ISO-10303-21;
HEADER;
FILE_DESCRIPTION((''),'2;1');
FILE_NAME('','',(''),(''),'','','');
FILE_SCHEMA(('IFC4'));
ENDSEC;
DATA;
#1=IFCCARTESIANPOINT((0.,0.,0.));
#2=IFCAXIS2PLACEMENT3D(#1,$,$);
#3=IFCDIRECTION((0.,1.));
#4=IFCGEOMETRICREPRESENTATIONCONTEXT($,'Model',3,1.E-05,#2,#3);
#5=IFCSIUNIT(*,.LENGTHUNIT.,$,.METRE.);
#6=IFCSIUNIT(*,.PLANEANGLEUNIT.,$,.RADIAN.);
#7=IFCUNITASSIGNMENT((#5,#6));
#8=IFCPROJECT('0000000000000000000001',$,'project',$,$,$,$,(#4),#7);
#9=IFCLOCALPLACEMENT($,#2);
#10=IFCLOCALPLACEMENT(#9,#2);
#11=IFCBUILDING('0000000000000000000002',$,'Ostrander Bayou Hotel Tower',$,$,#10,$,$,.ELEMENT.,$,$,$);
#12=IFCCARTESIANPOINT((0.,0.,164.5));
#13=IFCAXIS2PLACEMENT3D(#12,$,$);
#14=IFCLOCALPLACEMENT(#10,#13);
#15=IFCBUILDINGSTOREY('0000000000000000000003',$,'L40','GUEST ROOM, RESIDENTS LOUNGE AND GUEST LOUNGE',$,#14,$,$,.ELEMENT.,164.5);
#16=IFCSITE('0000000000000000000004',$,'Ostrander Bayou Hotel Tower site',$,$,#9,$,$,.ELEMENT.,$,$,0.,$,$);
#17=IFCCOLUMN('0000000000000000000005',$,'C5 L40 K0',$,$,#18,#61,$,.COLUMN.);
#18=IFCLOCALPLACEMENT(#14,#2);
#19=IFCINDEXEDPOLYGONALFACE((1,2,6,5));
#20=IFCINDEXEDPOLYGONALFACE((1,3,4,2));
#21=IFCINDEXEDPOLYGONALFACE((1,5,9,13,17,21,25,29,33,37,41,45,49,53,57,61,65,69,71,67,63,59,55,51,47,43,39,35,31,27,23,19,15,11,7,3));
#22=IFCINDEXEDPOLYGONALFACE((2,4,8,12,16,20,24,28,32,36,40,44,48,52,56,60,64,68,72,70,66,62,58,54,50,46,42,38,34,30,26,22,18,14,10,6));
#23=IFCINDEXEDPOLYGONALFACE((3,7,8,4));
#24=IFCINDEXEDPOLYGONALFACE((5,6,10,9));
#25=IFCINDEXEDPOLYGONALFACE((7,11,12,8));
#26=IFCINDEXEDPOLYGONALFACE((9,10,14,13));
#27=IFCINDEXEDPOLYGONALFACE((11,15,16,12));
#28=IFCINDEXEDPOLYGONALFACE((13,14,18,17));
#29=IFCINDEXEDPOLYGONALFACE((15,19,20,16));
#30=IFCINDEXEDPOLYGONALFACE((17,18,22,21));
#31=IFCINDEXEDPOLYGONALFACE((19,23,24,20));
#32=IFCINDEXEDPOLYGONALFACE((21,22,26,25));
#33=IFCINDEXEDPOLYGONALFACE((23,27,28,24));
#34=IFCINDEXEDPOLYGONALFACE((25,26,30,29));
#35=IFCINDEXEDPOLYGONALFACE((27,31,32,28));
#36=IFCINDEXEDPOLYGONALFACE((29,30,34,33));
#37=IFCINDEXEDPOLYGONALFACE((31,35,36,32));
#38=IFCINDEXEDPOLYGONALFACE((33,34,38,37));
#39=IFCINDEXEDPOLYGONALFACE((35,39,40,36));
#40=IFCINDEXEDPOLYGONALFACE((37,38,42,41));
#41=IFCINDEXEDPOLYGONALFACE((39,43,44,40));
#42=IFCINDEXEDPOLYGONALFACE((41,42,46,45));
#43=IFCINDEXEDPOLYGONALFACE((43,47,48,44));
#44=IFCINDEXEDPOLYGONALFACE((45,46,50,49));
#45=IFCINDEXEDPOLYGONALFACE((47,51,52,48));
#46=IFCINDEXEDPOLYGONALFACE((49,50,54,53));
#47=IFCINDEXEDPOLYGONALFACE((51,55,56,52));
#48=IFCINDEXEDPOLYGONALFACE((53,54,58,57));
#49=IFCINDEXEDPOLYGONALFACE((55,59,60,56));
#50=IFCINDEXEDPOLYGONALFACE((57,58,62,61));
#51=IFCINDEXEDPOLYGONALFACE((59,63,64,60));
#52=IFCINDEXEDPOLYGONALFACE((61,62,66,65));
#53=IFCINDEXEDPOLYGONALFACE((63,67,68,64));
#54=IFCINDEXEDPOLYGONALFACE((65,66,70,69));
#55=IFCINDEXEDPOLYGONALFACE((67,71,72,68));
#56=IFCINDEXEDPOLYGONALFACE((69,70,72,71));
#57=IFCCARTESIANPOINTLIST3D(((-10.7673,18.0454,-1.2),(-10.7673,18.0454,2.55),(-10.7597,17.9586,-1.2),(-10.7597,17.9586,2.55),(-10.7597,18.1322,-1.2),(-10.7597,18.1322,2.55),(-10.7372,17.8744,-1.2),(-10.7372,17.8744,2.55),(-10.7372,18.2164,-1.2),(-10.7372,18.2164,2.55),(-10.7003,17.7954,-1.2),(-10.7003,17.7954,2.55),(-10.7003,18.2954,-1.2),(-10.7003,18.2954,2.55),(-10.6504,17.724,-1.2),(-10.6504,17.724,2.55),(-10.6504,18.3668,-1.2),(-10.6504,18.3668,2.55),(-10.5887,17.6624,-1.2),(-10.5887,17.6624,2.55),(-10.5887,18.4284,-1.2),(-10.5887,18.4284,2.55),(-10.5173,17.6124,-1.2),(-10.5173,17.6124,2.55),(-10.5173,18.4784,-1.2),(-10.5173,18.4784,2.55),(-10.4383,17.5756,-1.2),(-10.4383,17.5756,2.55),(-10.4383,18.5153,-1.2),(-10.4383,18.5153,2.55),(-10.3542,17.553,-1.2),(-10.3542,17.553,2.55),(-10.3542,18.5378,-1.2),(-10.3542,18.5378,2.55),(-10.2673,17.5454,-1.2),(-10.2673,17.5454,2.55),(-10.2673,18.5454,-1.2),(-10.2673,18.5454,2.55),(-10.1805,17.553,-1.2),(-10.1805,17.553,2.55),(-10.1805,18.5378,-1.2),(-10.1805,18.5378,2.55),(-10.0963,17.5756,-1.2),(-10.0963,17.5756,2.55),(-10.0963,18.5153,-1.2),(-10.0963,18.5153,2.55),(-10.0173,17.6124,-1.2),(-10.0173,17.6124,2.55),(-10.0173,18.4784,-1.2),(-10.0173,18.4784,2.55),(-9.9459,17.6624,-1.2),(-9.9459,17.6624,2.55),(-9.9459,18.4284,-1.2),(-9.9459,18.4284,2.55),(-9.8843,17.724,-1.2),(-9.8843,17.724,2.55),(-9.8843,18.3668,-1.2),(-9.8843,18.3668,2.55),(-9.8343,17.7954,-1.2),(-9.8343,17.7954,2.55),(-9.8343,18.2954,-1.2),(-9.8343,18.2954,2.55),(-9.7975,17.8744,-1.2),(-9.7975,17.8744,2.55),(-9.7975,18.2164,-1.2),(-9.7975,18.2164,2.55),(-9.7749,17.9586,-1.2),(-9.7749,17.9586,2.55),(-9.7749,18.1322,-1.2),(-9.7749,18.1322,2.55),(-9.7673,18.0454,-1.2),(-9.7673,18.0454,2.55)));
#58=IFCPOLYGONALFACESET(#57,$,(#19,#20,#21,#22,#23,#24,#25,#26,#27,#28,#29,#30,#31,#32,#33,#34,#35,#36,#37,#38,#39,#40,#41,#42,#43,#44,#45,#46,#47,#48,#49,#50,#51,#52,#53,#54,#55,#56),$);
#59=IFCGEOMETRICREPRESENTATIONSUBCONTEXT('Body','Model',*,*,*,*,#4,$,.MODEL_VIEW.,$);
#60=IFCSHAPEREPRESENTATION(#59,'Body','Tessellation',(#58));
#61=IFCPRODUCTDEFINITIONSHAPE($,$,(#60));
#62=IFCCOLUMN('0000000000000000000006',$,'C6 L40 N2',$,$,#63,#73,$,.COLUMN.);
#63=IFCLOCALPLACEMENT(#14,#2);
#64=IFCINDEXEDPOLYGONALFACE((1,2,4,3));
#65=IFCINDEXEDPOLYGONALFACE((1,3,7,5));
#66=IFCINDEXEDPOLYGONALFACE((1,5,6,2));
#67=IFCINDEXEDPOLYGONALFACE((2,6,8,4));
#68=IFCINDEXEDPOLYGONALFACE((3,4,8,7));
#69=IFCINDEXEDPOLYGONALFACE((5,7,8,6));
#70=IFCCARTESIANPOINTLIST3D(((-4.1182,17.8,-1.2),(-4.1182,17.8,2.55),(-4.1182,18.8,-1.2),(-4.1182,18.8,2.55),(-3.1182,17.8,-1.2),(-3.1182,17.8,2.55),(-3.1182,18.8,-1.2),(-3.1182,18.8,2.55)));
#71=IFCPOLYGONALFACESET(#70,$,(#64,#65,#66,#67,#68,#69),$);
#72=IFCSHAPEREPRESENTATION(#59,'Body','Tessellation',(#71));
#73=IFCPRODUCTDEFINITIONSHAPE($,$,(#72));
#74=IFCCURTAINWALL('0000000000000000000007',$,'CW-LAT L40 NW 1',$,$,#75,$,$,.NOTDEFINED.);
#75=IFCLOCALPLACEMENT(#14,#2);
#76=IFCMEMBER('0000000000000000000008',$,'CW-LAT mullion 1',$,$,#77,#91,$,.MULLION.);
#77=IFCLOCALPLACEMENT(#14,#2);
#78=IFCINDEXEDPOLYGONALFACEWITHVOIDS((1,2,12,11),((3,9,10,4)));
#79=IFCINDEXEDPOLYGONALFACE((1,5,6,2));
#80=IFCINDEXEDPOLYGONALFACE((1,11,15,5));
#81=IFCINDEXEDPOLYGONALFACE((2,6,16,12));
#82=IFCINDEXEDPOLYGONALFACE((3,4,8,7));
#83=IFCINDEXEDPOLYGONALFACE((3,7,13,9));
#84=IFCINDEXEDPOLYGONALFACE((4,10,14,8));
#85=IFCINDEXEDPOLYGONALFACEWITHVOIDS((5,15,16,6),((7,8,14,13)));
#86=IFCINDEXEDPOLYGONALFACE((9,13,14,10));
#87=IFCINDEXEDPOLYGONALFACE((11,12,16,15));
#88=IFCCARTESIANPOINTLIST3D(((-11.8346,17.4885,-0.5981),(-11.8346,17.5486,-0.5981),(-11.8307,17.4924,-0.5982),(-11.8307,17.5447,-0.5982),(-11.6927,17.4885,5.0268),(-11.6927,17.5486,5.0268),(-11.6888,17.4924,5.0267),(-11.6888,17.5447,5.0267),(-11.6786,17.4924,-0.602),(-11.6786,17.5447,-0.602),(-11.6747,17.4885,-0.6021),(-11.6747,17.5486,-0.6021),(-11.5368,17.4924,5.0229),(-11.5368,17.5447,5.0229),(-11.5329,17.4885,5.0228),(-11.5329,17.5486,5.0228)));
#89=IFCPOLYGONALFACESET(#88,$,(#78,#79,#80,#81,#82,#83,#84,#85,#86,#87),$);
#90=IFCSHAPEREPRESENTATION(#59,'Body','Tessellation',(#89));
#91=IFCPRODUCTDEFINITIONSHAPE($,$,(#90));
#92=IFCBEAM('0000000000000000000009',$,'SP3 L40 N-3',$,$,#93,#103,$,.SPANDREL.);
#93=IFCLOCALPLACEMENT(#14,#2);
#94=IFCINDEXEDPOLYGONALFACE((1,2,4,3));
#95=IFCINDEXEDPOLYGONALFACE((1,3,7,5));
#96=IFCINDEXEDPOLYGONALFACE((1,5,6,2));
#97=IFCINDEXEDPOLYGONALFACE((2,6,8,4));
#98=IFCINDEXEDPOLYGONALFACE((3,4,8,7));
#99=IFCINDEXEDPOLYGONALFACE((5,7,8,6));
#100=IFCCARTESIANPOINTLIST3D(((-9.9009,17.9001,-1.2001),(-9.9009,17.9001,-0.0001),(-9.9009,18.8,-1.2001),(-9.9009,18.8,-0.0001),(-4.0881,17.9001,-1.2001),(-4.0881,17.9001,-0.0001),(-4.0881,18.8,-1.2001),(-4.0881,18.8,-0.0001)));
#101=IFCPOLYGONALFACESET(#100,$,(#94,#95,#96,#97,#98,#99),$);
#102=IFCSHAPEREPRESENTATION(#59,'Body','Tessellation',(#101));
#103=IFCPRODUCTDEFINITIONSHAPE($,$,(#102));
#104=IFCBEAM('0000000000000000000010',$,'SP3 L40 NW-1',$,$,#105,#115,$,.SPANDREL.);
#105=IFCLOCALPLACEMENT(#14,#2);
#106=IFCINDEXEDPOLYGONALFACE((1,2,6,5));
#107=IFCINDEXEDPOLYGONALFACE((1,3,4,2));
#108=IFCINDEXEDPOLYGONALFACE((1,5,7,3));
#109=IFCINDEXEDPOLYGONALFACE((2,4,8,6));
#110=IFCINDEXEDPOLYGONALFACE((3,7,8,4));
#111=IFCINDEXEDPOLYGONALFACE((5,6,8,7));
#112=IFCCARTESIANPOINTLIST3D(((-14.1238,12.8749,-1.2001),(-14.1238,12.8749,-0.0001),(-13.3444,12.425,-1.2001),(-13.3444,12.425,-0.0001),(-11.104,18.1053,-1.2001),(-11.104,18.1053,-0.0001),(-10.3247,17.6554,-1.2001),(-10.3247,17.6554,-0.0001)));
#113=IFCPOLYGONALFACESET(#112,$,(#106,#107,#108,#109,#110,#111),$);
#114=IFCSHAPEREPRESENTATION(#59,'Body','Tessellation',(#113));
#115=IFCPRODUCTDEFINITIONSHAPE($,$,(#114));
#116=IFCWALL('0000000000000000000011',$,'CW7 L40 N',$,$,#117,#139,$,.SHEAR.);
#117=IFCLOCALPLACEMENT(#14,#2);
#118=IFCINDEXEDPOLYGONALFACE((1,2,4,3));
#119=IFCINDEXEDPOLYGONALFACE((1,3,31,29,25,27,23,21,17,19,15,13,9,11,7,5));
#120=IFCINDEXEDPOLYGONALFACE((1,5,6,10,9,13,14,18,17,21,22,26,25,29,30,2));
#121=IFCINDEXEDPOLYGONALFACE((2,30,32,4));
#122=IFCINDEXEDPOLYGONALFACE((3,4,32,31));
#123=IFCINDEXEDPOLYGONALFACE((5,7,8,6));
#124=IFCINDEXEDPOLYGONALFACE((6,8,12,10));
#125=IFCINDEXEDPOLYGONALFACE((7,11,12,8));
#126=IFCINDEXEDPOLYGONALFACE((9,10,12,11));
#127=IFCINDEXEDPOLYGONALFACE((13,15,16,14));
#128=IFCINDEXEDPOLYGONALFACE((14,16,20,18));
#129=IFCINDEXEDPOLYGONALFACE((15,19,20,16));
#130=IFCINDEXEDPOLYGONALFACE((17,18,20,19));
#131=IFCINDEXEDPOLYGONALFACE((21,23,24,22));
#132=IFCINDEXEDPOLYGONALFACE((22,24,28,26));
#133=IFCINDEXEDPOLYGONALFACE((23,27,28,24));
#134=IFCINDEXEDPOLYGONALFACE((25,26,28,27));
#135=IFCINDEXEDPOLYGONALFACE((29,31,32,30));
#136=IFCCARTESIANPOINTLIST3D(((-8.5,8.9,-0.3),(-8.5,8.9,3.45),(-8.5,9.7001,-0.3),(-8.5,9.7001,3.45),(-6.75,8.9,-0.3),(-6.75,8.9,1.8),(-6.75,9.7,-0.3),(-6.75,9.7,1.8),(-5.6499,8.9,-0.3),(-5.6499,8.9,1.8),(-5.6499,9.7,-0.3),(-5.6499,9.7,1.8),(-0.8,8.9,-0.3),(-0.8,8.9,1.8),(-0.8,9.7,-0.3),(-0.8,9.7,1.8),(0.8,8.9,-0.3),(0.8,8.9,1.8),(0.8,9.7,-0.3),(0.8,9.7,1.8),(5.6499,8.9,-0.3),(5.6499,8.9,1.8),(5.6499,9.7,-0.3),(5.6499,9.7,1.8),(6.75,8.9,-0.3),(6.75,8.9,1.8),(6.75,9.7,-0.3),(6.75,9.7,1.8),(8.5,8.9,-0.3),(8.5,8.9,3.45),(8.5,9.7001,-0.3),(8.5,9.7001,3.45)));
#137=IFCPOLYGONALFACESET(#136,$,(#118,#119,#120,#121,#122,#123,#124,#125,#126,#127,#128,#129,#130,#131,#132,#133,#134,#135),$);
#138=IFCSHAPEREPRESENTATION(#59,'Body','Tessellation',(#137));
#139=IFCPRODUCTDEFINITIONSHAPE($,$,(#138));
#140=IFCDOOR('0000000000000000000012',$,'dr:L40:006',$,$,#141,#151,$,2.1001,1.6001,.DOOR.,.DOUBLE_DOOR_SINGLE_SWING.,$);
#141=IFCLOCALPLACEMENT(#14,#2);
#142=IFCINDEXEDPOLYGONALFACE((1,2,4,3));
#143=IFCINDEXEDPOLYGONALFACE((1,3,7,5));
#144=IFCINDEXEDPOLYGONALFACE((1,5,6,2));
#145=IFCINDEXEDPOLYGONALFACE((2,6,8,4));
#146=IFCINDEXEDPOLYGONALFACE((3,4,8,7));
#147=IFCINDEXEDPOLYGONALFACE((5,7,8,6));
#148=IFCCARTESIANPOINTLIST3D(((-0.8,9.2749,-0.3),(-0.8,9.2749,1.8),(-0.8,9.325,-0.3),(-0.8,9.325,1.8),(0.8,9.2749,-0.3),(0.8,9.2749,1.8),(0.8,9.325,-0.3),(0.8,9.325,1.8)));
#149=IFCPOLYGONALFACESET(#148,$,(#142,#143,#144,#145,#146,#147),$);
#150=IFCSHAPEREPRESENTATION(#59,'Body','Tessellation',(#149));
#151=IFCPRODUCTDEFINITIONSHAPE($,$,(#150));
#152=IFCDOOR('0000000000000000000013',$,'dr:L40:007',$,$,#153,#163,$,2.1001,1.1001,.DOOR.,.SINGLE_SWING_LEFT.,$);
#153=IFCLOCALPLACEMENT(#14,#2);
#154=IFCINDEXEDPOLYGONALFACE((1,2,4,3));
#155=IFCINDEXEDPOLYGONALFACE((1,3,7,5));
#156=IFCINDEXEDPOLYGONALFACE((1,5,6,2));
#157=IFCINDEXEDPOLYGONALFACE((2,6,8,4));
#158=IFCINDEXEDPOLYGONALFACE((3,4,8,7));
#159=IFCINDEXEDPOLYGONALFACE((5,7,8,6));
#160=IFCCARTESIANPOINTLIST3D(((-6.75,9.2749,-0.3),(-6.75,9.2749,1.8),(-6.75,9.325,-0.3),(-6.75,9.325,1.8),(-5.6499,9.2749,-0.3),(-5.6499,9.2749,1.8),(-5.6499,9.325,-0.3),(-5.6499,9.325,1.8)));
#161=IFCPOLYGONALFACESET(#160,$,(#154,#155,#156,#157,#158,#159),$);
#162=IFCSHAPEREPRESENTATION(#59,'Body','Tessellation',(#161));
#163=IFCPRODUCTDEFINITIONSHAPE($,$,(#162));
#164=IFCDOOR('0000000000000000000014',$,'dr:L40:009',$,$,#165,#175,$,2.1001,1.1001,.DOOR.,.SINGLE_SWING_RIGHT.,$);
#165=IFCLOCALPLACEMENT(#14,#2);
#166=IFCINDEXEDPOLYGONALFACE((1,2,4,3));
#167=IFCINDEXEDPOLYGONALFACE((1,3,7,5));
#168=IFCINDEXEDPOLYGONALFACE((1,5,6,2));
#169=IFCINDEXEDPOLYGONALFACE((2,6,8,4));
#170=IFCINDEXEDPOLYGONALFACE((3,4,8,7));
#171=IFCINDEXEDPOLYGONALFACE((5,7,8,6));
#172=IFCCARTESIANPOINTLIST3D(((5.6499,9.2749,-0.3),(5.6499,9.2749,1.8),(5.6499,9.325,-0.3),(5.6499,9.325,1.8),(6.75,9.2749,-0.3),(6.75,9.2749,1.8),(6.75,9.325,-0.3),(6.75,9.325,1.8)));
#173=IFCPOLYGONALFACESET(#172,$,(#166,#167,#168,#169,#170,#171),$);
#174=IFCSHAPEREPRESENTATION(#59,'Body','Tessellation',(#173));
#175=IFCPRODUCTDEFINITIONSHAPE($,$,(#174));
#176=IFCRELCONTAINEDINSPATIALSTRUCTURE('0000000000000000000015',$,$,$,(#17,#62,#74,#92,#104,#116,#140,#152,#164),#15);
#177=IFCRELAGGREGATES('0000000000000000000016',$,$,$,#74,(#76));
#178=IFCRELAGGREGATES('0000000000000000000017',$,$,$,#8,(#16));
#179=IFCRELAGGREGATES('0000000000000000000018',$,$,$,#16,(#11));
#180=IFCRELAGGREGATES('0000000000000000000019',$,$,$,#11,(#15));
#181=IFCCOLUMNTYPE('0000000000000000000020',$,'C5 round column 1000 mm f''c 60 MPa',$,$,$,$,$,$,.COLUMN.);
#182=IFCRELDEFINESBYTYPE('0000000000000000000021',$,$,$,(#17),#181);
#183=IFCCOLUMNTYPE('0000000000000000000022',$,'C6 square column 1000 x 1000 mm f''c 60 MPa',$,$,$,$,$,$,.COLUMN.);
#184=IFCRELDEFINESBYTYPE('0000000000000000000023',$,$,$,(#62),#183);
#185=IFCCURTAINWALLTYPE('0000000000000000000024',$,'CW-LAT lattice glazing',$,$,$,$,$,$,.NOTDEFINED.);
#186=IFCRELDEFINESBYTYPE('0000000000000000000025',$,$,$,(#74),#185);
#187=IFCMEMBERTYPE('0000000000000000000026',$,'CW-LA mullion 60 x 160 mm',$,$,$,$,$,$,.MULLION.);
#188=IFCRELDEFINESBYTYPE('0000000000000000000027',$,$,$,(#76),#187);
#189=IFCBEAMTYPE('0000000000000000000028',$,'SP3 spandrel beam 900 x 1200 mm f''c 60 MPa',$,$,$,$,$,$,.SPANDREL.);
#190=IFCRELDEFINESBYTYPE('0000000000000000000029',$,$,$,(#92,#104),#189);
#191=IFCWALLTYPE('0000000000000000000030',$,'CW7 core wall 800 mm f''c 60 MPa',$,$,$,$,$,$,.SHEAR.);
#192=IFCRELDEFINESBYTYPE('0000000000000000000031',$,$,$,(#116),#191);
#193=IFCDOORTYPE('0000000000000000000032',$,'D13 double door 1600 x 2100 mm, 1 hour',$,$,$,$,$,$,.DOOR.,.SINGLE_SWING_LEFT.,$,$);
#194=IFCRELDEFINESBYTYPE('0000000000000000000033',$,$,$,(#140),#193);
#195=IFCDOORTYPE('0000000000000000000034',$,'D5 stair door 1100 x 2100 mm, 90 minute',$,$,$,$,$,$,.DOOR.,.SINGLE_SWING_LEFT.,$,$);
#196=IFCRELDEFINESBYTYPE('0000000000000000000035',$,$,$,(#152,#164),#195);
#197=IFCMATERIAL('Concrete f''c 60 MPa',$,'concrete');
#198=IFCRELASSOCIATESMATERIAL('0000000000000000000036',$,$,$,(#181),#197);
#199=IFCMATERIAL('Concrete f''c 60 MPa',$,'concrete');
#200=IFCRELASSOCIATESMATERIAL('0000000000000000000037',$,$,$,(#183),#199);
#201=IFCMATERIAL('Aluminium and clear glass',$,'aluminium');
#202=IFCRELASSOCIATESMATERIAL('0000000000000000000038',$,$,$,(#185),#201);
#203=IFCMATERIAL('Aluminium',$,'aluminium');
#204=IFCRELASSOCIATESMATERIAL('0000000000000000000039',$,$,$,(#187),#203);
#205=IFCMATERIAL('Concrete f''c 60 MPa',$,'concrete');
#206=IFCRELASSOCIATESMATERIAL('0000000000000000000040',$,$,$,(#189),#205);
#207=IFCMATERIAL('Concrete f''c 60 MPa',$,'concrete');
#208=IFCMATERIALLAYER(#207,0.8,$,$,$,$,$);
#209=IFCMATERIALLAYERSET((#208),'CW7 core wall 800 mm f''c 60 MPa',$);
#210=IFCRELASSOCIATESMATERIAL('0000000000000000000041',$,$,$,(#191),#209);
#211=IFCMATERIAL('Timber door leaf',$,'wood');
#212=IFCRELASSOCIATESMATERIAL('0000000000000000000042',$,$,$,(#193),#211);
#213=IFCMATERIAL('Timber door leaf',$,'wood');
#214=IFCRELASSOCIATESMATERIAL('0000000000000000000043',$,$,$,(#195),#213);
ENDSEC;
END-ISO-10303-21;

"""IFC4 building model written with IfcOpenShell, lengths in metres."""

from ifc_helpers import new_model, si_unit, direction, frame, frame_2d, origin, origin_2d, place, context, subcontext, project, spatial, rectangle, hollow_rectangle, circle, extrude, material, layer, layer_set, material_profile, profile_set, type_object, element, fill, aggregate, save


model = new_model("IFC4")

# Units and contexts
model_context = context("Model", 3, precision=1e-05, world=origin(), true_north=direction((0.0, 1.0)))
body_context = subcontext(model_context, "Body", "Model", "MODEL_VIEW")
ifc_project = project(units=[si_unit("LENGTHUNIT", "METRE"), si_unit("PLANEANGLEUNIT", "RADIAN")], contexts=[model_context])

# Site, building, storey
site_placement = place(None, origin())
site = spatial("IfcSite", under=ifc_project, at=site_placement, Name="Ostrander Bayou Hotel Tower site", CompositionType="ELEMENT", RefElevation=0.0)
building_placement = place(site_placement, origin())
building = spatial("IfcBuilding", under=site, at=building_placement, Name="Ostrander Bayou Hotel Tower", CompositionType="ELEMENT")
storey_placement = place(building_placement, frame((0.0, 0.0, 164.5)))
storey = spatial("IfcBuildingStorey", under=building, at=storey_placement, Name="L40", Description="GUEST ROOM, RESIDENTS LOUNGE AND GUEST LOUNGE", CompositionType="ELEMENT", Elevation=164.5)

# Columns
ifc_material_1 = material(Name="Concrete f'c 60 MPa", Category="concrete")
ifc_material_profile_1 = material_profile(ifc_material_1, circle(Radius=0.5, at=origin_2d()))
ifc_profile_set_1 = profile_set([ifc_material_profile_1], Name="Concrete f'c 60 MPa")
column_type_1 = type_object("IfcColumnType", Name="C5 round column 1000 mm f'c 60 MPa", PredefinedType="COLUMN", material=ifc_profile_set_1)
column_1_placement = place(storey_placement, frame((-10.2673, 18.0454, -1.2), z_axis=(0.0, 0.0, 1.0), x_axis=(1.0, 0.0, 0.0)))
element("IfcColumn", 1, at=column_1_placement, inside=storey, type_object=column_type_1, Name="C5 L40 K0", PredefinedType="COLUMN", context=body_context, shape_type="SweptSolid", body=[
    extrude(circle(Radius=0.5, at=origin_2d()), origin(), (0.0, 0.0, 1.0), 3.75),
])
ifc_material_2 = material(Name="Concrete f'c 60 MPa", Category="concrete")
ifc_material_profile_2 = material_profile(ifc_material_2, rectangle(XDim=1.0, YDim=1.0, at=origin_2d()))
ifc_profile_set_2 = profile_set([ifc_material_profile_2], Name="Concrete f'c 60 MPa")
column_type_2 = type_object("IfcColumnType", Name="C6 square column 1000 x 1000 mm f'c 60 MPa", PredefinedType="COLUMN", material=ifc_profile_set_2)
column_2_placement = place(storey_placement, frame((-3.6182, 18.3, -1.2), z_axis=(0.0, 0.0, 1.0), x_axis=(1.0, 0.0, 0.0)))
element("IfcColumn", 2, at=column_2_placement, inside=storey, type_object=column_type_2, Name="C6 L40 N2", PredefinedType="COLUMN", context=body_context, shape_type="SweptSolid", body=[
    extrude(rectangle(XDim=1.0, YDim=1.0, at=origin_2d()), origin(), (0.0, 0.0, 1.0), 3.75),
])

# Curtain wall, member
ifc_material_3 = material(Name="Aluminium and clear glass", Category="aluminium")
curtain_wall_type = type_object("IfcCurtainWallType", Name="CW-LAT lattice glazing", PredefinedType="NOTDEFINED", material=ifc_material_3)
curtain_wall_placement = place(storey_placement, origin())
curtain_wall = element("IfcCurtainWall", 3, at=curtain_wall_placement, inside=storey, type_object=curtain_wall_type, Name="CW-LAT L40 NW 1", PredefinedType="NOTDEFINED")
ifc_material_4 = material(Name="Aluminium", Category="aluminium")
ifc_material_profile_3 = material_profile(ifc_material_4, hollow_rectangle(XDim=0.0601, YDim=0.1599, WallThickness=0.0039, at=origin_2d()))
ifc_profile_set_3 = profile_set([ifc_material_profile_3], Name="Aluminium")
member_type = type_object("IfcMemberType", Name="CW-LA mullion 60 x 160 mm", PredefinedType="MULLION", material=ifc_profile_set_3)
member_placement = place(storey_placement, frame((-11.7546, 17.5186, -0.6001), z_axis=(0.025209, 0.0, 0.999682), x_axis=(0.0, 1.0, 0.0)))
member = element("IfcMember", 4, at=member_placement, type_object=member_type, Name="CW-LAT mullion 1", PredefinedType="MULLION", context=body_context, shape_type="SweptSolid", body=[
    extrude(hollow_rectangle(XDim=0.0601, YDim=0.1599, WallThickness=0.0039, at=origin_2d()), origin(), (0.0, 0.0, 1.0), 5.6267),
])
aggregate(curtain_wall, [member])

# Beams
ifc_material_5 = material(Name="Concrete f'c 60 MPa", Category="concrete")
ifc_material_profile_4 = material_profile(ifc_material_5, rectangle(XDim=0.8999, YDim=1.2, at=origin_2d()))
ifc_profile_set_4 = profile_set([ifc_material_profile_4], Name="Concrete f'c 60 MPa")
beam_type = type_object("IfcBeamType", Name="SP3 spandrel beam 900 x 1200 mm f'c 60 MPa", PredefinedType="SPANDREL", material=ifc_profile_set_4)
beam_1_placement = place(storey_placement, frame((-4.0881, 18.3501, -0.6001), z_axis=(-1.0, 0.0, 0.0), x_axis=(0.0, -1.0, 0.0)))
element("IfcBeam", 5, at=beam_1_placement, inside=storey, type_object=beam_type, Name="SP3 L40 N-3", PredefinedType="SPANDREL", context=body_context, shape_type="SweptSolid", body=[
    extrude(rectangle(XDim=0.8999, YDim=1.2, at=origin_2d()), origin(), (0.0, 0.0, 1.0), 5.8127),
])
beam_2_placement = place(storey_placement, frame((-10.7144, 17.8804, -0.6001), z_axis=(-0.499995, -0.866028, 0.0), x_axis=(0.866028, -0.499995, 0.0)))
element("IfcBeam", 6, at=beam_2_placement, inside=storey, type_object=beam_type, Name="SP3 L40 NW-1", PredefinedType="SPANDREL", context=body_context, shape_type="SweptSolid", body=[
    extrude(rectangle(XDim=0.8999, YDim=1.2, at=origin_2d()), origin(), (0.0, 0.0, 1.0), 6.0396),
])

# Wall, openings, doors
ifc_material_6 = material(Name="Concrete f'c 60 MPa", Category="concrete")
ifc_layer_1 = layer(ifc_material_6, 0.8)
ifc_layer_set_1 = layer_set([ifc_layer_1], Name="CW7 core wall 800 mm f'c 60 MPa")
wall_type_1 = type_object("IfcWallType", Name="CW7 core wall 800 mm f'c 60 MPa", PredefinedType="SHEAR", material=ifc_layer_set_1)
wall_1_placement = place(storey_placement, frame((-8.5, 9.3, -0.3), z_axis=(0.0, 0.0, 1.0), x_axis=(1.0, 0.0, 0.0)))
wall_1 = element("IfcWall", 7, at=wall_1_placement, inside=storey, type_object=wall_type_1, Name="CW7 L40 N", PredefinedType="SHEAR", context=body_context, shape_type="SweptSolid", body=[
    extrude(rectangle(XDim=17.0, YDim=0.8, at=frame_2d((8.5, 0.0))), origin(), (0.0, 0.0, 1.0), 3.75),
])
opening_1_placement = place(wall_1_placement, frame((7.7, 0.0, 0.0)))
opening_1 = element("IfcOpeningElement", 8, at=opening_1_placement, cuts=wall_1, PredefinedType="OPENING", context=body_context, shape_type="SweptSolid", body=[
    extrude(rectangle(XDim=1.6001, YDim=2.1001, at=frame_2d((0.8, 1.05))), frame((0.0, 0.3999, 0.0), z_axis=(0.0, -1.0, 0.0), x_axis=(1.0, 0.0, 0.0)), (0.0, 0.0, 1.0), 0.8),
])
opening_2_placement = place(wall_1_placement, frame((1.75, 0.0, 0.0)))
opening_2 = element("IfcOpeningElement", 9, at=opening_2_placement, cuts=wall_1, PredefinedType="OPENING", context=body_context, shape_type="SweptSolid", body=[
    extrude(rectangle(XDim=1.1001, YDim=2.1001, at=frame_2d((0.55, 1.05))), frame((0.0, 0.3999, 0.0), z_axis=(0.0, -1.0, 0.0), x_axis=(1.0, 0.0, 0.0)), (0.0, 0.0, 1.0), 0.8),
])
opening_3_placement = place(wall_1_placement, frame((14.1499, 0.0, 0.0)))
opening_3 = element("IfcOpeningElement", 10, at=opening_3_placement, cuts=wall_1, PredefinedType="OPENING", context=body_context, shape_type="SweptSolid", body=[
    extrude(rectangle(XDim=1.1001, YDim=2.1001, at=frame_2d((0.55, 1.05))), frame((0.0, 0.3999, 0.0), z_axis=(0.0, -1.0, 0.0), x_axis=(1.0, 0.0, 0.0)), (0.0, 0.0, 1.0), 0.8),
])
ifc_material_7 = material(Name="Timber door leaf", Category="wood")
door_type_1 = type_object("IfcDoorType", Name="D13 double door 1600 x 2100 mm, 1 hour", OperationType="SINGLE_SWING_LEFT", PredefinedType="DOOR", material=ifc_material_7)
door_1_placement = place(opening_1_placement, origin())
door_1 = element("IfcDoor", 11, at=door_1_placement, inside=storey, type_object=door_type_1, Name="dr:L40:006", OperationType="DOUBLE_DOOR_SINGLE_SWING", OverallHeight=2.1001, OverallWidth=1.6001, PredefinedType="DOOR", context=body_context, shape_type="SweptSolid", body=[
    extrude(rectangle(XDim=1.6001, YDim=2.1001, at=frame_2d((0.8, 1.05))), frame((0.0, 0.0249, 0.0), z_axis=(0.0, -1.0, 0.0), x_axis=(1.0, 0.0, 0.0)), (0.0, 0.0, 1.0), 0.05),
])
fill(opening_1, door_1)
ifc_material_8 = material(Name="Timber door leaf", Category="wood")
door_type_2 = type_object("IfcDoorType", Name="D5 stair door 1100 x 2100 mm, 90 minute", OperationType="SINGLE_SWING_LEFT", PredefinedType="DOOR", material=ifc_material_8)
door_2_placement = place(opening_2_placement, origin())
door_2 = element("IfcDoor", 12, at=door_2_placement, inside=storey, type_object=door_type_2, Name="dr:L40:007", OperationType="SINGLE_SWING_LEFT", OverallHeight=2.1001, OverallWidth=1.1001, PredefinedType="DOOR", context=body_context, shape_type="SweptSolid", body=[
    extrude(rectangle(XDim=1.1001, YDim=2.1001, at=frame_2d((0.55, 1.05))), frame((0.0, 0.0249, 0.0), z_axis=(0.0, -1.0, 0.0), x_axis=(1.0, 0.0, 0.0)), (0.0, 0.0, 1.0), 0.05),
])
fill(opening_2, door_2)
door_3_placement = place(opening_3_placement, origin())
door_3 = element("IfcDoor", 13, at=door_3_placement, inside=storey, type_object=door_type_2, Name="dr:L40:009", OperationType="SINGLE_SWING_RIGHT", OverallHeight=2.1001, OverallWidth=1.1001, PredefinedType="DOOR", context=body_context, shape_type="SweptSolid", body=[
    extrude(rectangle(XDim=1.1001, YDim=2.1001, at=frame_2d((0.55, 1.05))), frame((0.0, 0.0249, 0.0), z_axis=(0.0, -1.0, 0.0), x_axis=(1.0, 0.0, 0.0)), (0.0, 0.0, 1.0), 0.05),
])
fill(opening_3, door_3)

save(model, "model.ifc")
